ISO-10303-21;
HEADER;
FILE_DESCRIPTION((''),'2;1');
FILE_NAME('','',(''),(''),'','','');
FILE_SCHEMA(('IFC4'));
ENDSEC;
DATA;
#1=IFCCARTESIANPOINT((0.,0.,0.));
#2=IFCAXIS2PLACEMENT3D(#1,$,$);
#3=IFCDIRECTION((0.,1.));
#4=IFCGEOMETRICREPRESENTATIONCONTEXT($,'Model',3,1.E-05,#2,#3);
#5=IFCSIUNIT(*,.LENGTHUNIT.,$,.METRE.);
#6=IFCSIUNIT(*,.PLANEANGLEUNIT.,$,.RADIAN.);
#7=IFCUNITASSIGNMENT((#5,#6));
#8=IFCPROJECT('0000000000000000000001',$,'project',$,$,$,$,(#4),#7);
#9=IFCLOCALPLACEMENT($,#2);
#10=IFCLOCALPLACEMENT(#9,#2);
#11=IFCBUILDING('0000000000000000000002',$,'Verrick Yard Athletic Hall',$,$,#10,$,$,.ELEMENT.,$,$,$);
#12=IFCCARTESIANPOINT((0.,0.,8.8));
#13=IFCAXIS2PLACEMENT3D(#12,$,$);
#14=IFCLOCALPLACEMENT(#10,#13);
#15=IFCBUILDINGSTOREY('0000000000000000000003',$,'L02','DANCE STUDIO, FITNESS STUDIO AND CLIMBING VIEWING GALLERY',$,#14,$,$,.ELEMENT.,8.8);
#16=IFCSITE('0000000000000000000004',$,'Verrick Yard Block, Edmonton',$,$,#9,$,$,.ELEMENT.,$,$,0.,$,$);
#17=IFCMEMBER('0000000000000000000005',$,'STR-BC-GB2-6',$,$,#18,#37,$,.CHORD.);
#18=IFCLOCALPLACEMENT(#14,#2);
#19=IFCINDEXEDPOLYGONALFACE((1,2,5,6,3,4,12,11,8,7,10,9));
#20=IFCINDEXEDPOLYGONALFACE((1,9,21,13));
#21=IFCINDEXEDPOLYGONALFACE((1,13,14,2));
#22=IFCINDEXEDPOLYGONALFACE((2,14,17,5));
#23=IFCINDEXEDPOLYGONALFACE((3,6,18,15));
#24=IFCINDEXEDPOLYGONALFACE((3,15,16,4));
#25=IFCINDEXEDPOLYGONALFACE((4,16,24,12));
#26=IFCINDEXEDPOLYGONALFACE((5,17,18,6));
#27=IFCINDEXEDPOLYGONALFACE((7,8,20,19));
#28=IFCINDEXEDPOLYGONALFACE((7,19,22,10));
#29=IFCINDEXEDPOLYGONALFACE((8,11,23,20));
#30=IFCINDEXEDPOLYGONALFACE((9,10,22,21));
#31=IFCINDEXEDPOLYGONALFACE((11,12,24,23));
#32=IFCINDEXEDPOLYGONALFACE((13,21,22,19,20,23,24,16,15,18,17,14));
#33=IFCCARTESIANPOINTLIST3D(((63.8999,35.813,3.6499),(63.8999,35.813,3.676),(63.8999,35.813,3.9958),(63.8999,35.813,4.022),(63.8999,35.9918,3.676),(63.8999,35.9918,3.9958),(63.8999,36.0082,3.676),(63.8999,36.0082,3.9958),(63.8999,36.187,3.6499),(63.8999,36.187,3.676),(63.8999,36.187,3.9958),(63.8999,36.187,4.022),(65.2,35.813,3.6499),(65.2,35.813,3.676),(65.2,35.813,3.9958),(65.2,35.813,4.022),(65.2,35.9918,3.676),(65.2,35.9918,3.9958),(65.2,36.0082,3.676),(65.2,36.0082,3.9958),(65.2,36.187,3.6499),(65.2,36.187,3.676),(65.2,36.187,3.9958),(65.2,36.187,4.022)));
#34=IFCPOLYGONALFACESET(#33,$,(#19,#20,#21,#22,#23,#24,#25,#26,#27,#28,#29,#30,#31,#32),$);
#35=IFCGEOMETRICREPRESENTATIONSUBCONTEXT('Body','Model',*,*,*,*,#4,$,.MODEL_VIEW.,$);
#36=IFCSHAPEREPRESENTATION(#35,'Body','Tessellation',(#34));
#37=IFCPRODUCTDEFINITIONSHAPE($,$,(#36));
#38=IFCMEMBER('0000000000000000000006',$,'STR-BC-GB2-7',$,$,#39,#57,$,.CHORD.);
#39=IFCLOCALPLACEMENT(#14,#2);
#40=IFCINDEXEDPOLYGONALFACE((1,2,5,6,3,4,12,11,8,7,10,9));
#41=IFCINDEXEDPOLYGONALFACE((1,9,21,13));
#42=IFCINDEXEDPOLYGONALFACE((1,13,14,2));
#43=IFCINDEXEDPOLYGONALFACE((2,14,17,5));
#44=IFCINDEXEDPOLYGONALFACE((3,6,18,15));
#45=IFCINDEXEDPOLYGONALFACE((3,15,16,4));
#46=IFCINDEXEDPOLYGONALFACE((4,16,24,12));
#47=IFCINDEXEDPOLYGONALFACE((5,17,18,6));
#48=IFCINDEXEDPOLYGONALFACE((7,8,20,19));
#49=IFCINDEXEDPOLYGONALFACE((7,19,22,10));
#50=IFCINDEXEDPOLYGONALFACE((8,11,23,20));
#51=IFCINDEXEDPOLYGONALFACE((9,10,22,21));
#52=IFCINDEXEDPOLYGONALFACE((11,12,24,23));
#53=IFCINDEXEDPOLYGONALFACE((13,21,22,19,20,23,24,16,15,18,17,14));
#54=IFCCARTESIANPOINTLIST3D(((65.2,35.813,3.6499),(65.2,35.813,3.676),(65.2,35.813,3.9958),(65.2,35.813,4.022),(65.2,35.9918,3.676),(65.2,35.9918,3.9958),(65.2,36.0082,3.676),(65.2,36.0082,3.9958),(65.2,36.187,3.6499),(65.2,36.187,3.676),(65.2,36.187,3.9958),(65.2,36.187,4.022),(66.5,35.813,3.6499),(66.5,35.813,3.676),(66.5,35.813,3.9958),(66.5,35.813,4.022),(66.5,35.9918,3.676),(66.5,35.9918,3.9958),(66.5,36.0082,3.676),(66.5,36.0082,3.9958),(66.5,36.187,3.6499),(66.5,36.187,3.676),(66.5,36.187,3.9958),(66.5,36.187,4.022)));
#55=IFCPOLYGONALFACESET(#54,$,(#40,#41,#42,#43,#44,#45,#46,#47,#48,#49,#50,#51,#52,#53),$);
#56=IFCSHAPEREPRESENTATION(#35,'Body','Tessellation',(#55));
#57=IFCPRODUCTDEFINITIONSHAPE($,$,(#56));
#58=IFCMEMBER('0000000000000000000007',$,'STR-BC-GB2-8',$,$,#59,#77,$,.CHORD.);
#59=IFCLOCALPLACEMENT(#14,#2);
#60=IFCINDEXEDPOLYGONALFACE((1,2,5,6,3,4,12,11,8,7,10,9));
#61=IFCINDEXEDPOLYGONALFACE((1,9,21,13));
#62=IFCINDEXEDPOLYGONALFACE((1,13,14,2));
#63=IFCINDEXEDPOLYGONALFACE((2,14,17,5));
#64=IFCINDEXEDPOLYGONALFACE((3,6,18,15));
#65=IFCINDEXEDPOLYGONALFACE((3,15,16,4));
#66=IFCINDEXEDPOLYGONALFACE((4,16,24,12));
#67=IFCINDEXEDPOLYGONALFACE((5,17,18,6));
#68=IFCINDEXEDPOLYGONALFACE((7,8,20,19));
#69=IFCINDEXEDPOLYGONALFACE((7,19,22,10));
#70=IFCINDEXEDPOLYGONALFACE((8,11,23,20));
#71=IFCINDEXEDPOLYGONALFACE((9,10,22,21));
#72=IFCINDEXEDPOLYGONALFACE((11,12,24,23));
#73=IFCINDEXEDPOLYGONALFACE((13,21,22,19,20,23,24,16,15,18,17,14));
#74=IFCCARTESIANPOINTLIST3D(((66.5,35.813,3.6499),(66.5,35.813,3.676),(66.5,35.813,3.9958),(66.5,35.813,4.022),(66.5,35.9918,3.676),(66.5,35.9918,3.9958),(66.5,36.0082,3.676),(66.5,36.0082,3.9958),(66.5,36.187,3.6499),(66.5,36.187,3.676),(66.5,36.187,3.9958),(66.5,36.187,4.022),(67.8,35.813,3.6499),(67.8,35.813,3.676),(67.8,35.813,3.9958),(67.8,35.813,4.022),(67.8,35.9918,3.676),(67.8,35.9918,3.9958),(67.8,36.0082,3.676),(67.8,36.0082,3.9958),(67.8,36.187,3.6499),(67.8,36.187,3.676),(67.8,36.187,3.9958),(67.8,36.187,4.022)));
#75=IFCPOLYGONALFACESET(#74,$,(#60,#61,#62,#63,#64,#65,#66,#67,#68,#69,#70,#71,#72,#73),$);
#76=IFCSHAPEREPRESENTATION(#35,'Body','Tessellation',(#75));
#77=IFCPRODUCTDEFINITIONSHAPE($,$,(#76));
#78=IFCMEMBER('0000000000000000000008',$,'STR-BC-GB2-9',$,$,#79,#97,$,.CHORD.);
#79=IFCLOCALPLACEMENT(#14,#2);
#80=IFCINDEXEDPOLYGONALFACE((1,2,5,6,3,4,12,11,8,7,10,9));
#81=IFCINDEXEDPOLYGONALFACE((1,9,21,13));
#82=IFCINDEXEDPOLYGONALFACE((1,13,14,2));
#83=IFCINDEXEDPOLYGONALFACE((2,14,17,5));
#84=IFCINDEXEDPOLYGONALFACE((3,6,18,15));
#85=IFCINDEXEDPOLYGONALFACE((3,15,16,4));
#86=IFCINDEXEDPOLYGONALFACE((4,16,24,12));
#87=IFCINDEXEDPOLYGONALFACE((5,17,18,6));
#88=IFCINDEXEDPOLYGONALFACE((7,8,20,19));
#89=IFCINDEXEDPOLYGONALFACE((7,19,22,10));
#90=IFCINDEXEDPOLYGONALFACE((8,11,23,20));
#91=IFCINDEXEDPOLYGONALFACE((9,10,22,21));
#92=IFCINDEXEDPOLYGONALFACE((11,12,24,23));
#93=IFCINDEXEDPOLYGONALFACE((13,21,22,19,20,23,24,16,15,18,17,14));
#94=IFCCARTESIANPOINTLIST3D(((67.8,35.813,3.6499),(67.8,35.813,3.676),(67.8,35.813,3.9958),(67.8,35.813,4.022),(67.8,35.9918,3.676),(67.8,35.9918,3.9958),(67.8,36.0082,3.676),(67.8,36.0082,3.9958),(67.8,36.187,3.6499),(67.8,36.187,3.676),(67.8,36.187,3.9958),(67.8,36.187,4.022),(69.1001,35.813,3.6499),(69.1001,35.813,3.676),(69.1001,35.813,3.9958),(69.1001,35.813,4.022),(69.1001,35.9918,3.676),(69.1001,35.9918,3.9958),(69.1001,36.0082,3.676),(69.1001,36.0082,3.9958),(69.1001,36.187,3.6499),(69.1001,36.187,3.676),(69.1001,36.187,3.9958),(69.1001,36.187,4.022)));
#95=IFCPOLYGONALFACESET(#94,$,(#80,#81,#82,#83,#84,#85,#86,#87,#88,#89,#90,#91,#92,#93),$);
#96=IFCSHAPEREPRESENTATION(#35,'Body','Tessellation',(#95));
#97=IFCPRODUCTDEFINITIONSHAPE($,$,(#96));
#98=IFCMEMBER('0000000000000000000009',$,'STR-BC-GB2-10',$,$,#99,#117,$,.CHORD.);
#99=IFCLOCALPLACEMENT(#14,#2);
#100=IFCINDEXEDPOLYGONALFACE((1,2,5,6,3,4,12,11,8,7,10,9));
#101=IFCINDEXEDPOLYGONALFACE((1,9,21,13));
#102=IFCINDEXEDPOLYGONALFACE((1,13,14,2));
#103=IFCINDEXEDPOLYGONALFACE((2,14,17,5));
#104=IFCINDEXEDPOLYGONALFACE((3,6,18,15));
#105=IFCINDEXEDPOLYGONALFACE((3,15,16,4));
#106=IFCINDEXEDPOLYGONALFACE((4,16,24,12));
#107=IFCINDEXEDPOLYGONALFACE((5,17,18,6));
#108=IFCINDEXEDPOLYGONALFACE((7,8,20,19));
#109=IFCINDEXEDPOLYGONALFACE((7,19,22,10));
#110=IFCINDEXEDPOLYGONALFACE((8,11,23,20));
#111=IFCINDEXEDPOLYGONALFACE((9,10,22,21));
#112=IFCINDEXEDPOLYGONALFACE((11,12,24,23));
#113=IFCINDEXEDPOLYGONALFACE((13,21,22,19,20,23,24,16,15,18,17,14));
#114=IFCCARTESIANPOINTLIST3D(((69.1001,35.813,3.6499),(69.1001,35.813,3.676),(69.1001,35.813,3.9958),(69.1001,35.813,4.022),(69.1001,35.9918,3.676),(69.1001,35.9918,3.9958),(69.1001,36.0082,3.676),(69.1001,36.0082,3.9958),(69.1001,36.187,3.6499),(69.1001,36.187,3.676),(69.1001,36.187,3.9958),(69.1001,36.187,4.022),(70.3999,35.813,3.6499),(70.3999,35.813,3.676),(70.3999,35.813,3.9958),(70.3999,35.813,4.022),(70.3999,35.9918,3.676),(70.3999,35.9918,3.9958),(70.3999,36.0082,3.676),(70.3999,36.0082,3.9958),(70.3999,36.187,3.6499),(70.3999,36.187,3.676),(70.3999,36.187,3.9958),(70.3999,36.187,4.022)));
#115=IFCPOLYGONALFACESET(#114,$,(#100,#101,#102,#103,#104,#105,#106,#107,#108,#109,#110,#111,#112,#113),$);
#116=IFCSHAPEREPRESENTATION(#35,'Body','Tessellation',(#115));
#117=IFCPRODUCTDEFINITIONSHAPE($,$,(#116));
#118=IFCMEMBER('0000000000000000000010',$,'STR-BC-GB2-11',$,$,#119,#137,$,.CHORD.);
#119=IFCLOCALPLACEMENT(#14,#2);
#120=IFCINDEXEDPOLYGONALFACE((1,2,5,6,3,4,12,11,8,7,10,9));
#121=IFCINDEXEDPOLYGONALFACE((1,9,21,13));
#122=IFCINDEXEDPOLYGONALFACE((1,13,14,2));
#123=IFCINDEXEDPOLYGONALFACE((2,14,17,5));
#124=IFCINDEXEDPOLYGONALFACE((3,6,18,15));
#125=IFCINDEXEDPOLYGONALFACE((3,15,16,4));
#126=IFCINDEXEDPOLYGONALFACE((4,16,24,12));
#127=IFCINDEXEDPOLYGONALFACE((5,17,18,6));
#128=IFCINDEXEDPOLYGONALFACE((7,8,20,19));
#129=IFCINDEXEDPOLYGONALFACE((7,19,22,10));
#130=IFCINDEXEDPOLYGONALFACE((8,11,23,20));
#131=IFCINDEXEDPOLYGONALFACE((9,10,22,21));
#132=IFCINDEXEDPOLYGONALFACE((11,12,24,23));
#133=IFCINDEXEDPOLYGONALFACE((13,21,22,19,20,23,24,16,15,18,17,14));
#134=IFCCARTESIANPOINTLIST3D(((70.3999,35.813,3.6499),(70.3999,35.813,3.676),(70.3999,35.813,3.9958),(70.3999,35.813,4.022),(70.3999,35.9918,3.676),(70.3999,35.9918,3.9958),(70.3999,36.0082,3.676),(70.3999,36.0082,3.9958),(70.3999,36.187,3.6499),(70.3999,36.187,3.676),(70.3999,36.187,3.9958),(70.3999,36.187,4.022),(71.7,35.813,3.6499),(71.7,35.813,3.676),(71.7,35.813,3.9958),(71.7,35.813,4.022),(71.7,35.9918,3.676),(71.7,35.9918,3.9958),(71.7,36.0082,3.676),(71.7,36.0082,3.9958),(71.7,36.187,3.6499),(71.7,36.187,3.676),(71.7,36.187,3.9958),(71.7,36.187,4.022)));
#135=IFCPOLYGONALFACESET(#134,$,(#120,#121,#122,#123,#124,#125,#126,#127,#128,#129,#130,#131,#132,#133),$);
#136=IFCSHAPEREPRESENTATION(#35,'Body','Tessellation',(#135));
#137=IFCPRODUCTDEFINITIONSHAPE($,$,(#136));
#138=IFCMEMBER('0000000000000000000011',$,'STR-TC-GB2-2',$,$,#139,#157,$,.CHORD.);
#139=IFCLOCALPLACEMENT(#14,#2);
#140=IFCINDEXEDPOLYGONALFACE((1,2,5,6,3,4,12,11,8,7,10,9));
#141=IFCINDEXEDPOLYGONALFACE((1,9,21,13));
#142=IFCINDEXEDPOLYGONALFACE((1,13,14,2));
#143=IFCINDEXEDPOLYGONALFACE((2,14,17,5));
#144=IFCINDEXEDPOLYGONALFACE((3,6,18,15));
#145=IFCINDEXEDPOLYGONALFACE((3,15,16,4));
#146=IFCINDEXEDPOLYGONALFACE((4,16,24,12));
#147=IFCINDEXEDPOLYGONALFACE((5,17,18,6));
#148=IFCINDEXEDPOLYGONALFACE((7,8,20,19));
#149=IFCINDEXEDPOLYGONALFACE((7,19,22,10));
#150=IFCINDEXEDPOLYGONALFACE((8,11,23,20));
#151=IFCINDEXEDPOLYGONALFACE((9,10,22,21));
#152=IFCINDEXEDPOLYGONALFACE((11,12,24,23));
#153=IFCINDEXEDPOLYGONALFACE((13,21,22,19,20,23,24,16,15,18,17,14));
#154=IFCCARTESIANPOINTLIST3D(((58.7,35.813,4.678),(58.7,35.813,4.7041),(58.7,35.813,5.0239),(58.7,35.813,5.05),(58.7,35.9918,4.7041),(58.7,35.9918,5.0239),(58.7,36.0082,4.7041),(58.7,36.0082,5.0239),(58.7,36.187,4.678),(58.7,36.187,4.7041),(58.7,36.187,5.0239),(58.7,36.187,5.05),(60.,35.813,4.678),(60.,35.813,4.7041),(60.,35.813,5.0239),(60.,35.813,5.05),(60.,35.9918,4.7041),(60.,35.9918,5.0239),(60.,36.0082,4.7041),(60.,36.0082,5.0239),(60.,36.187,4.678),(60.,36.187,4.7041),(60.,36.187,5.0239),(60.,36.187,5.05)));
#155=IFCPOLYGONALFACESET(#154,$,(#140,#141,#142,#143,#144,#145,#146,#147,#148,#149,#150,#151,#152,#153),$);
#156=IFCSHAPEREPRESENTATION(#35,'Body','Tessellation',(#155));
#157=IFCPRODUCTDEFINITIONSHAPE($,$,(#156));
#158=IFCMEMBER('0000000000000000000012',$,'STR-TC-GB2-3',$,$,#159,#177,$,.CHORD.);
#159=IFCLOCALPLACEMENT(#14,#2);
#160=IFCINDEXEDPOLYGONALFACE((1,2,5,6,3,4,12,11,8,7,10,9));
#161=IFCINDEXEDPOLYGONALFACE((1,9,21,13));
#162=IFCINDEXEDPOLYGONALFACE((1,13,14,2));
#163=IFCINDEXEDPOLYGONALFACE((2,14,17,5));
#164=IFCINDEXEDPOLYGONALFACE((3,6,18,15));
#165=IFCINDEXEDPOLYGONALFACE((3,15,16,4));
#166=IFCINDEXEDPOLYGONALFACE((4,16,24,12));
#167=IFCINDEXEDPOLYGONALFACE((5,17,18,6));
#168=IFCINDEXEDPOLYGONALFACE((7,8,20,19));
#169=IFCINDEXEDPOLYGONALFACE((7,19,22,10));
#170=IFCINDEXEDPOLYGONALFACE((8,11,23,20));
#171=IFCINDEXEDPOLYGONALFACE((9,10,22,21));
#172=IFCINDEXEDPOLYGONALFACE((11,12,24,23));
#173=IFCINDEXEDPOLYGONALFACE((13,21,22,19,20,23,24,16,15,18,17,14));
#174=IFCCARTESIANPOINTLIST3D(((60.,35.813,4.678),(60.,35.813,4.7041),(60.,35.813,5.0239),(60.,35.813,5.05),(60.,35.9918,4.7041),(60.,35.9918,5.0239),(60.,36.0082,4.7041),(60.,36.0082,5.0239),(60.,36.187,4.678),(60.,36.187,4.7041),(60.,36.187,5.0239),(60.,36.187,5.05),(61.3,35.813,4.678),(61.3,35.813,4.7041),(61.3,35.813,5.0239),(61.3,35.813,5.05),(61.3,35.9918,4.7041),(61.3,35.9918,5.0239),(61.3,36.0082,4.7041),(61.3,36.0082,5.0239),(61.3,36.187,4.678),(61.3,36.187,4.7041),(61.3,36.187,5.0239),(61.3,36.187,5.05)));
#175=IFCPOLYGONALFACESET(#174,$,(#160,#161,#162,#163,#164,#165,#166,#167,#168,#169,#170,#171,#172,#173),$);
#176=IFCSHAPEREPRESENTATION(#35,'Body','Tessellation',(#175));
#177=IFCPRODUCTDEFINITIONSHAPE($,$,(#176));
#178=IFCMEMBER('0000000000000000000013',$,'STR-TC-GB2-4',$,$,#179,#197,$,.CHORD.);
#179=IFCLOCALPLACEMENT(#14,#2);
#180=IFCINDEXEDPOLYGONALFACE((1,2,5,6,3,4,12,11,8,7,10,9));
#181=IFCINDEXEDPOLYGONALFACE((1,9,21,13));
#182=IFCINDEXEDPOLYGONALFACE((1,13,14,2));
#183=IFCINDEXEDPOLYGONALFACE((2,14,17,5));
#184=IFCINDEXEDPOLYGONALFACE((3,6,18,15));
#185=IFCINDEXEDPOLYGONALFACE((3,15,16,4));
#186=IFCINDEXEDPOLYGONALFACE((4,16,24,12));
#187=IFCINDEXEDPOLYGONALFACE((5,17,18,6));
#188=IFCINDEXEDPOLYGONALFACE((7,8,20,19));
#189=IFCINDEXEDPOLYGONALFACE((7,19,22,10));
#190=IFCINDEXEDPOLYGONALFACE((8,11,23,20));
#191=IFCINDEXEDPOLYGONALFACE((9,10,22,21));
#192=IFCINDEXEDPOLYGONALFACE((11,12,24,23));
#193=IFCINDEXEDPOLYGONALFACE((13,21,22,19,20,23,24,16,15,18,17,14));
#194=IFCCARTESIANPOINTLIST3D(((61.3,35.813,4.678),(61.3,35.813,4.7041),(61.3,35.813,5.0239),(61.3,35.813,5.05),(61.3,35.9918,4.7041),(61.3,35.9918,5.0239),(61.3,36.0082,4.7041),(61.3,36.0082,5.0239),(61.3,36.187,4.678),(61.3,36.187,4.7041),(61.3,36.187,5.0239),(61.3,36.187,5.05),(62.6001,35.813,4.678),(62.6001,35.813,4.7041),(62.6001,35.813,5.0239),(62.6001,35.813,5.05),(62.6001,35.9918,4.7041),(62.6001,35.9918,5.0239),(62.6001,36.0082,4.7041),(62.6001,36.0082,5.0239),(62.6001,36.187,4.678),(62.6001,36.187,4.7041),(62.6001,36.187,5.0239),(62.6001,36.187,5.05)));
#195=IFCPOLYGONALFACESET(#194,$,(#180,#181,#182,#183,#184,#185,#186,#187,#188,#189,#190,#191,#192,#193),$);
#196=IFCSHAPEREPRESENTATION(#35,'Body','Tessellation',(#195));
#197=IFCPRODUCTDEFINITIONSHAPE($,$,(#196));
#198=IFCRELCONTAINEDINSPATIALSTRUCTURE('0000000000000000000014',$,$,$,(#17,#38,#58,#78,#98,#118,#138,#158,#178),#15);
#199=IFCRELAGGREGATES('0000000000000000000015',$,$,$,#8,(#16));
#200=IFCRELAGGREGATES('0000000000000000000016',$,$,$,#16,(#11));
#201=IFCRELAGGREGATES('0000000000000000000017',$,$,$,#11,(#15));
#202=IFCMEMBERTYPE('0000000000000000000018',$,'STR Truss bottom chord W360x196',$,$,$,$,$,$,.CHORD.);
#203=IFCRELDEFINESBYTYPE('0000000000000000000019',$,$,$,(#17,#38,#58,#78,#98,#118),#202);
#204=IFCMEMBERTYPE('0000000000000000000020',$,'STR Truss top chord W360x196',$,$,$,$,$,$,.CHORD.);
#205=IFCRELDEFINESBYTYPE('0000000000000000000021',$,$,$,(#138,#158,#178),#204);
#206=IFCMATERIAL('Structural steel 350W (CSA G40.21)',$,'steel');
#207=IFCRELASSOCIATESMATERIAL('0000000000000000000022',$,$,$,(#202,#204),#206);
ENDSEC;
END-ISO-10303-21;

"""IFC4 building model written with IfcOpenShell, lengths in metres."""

from ifc_helpers import new_model, si_unit, direction, frame, origin, origin_2d, place, context, subcontext, project, spatial, i_section, extrude, material, material_profile, profile_set, type_object, element, save


model = new_model("IFC4")

# Units and contexts
model_context = context("Model", 3, precision=1e-05, world=origin(), true_north=direction((0.0, 1.0)))
body_context = subcontext(model_context, "Body", "Model", "MODEL_VIEW")
ifc_project = project(units=[si_unit("LENGTHUNIT", "METRE"), si_unit("PLANEANGLEUNIT", "RADIAN")], contexts=[model_context])

# Site, building, storey
site_placement = place(None, origin())
site = spatial("IfcSite", under=ifc_project, at=site_placement, Name="Verrick Yard Block, Edmonton", CompositionType="ELEMENT", RefElevation=0.0)
building_placement = place(site_placement, origin())
building = spatial("IfcBuilding", under=site, at=building_placement, Name="Verrick Yard Athletic Hall", CompositionType="ELEMENT")
storey_placement = place(building_placement, frame((0.0, 0.0, 8.8)))
storey = spatial("IfcBuildingStorey", under=building, at=storey_placement, Name="L02", Description="DANCE STUDIO, FITNESS STUDIO AND CLIMBING VIEWING GALLERY", CompositionType="ELEMENT", Elevation=8.8)

# Shared definitions
ifc_material_1 = material(Name="Structural steel 350W (CSA G40.21)", Category="steel")

# Members
ifc_material_profile_1 = material_profile(ifc_material_1, i_section(OverallWidth=0.374, OverallDepth=0.3721, WebThickness=0.0164, FlangeThickness=0.0261, at=origin_2d()), Name="W360x196")
ifc_profile_set_1 = profile_set([ifc_material_profile_1], Name="Structural steel 350W (CSA G40.21)")
member_type_1 = type_object("IfcMemberType", Name="STR Truss bottom chord W360x196", PredefinedType="CHORD", material=ifc_profile_set_1)
for number, where, z_axis, x_axis, name in (
    (1, (63.8999, 36.0, 3.8359), (1.0, 0.0, 0.0), (0.0, 1.0, 0.0), "STR-BC-GB2-6"),
    (2, (65.2, 36.0, 3.8359), (1.0, 0.0, 0.0), (0.0, 1.0, 0.0), "STR-BC-GB2-7"),
    (3, (66.5, 36.0, 3.8359), (1.0, 0.0, 0.0), (0.0, 1.0, 0.0), "STR-BC-GB2-8"),
    (4, (67.8, 36.0, 3.8359), (1.0, 0.0, 0.0), (0.0, 1.0, 0.0), "STR-BC-GB2-9"),
):
    element("IfcMember", number, at=place(storey_placement, frame(where, z_axis=z_axis, x_axis=x_axis)), inside=storey, type_object=member_type_1, Name=name, PredefinedType="CHORD", context=body_context, shape_type="SweptSolid", body=[
        extrude(i_section(OverallWidth=0.374, OverallDepth=0.3721, WebThickness=0.0164, FlangeThickness=0.0261, at=origin_2d()), origin(), (0.0, 0.0, 1.0), 1.3),
    ])
member_1_placement = place(storey_placement, frame((69.1001, 36.0, 3.8359), z_axis=(1.0, 0.0, 0.0), x_axis=(0.0, 1.0, 0.0)))
element("IfcMember", 5, at=member_1_placement, inside=storey, type_object=member_type_1, Name="STR-BC-GB2-10", PredefinedType="CHORD", context=body_context, shape_type="SweptSolid", body=[
    extrude(i_section(OverallWidth=0.374, OverallDepth=0.3721, WebThickness=0.0164, FlangeThickness=0.0261, at=origin_2d()), origin(), (0.0, 0.0, 1.0), 1.2998),
])
member_2_placement = place(storey_placement, frame((70.3999, 36.0, 3.8359), z_axis=(1.0, 0.0, 0.0), x_axis=(0.0, 1.0, 0.0)))
element("IfcMember", 6, at=member_2_placement, inside=storey, type_object=member_type_1, Name="STR-BC-GB2-11", PredefinedType="CHORD", context=body_context, shape_type="SweptSolid", body=[
    extrude(i_section(OverallWidth=0.374, OverallDepth=0.3721, WebThickness=0.0164, FlangeThickness=0.0261, at=origin_2d()), origin(), (0.0, 0.0, 1.0), 1.3),
])
ifc_material_profile_2 = material_profile(ifc_material_1, i_section(OverallWidth=0.374, OverallDepth=0.3721, WebThickness=0.0164, FlangeThickness=0.0261, at=origin_2d()), Name="W360x196")
ifc_profile_set_2 = profile_set([ifc_material_profile_2], Name="Structural steel 350W (CSA G40.21)")
member_type_2 = type_object("IfcMemberType", Name="STR Truss top chord W360x196", PredefinedType="CHORD", material=ifc_profile_set_2)
for number, where, z_axis, x_axis, name in (
    (7, (58.7, 36.0, 4.864), (1.0, 0.0, 0.0), (0.0, 1.0, 0.0), "STR-TC-GB2-2"),
    (8, (60.0, 36.0, 4.864), (1.0, 0.0, 0.0), (0.0, 1.0, 0.0), "STR-TC-GB2-3"),
    (9, (61.3, 36.0, 4.864), (1.0, 0.0, 0.0), (0.0, 1.0, 0.0), "STR-TC-GB2-4"),
):
    element("IfcMember", number, at=place(storey_placement, frame(where, z_axis=z_axis, x_axis=x_axis)), inside=storey, type_object=member_type_2, Name=name, PredefinedType="CHORD", context=body_context, shape_type="SweptSolid", body=[
        extrude(i_section(OverallWidth=0.374, OverallDepth=0.3721, WebThickness=0.0164, FlangeThickness=0.0261, at=origin_2d()), origin(), (0.0, 0.0, 1.0), 1.3),
    ])

save(model, "model.ifc")
